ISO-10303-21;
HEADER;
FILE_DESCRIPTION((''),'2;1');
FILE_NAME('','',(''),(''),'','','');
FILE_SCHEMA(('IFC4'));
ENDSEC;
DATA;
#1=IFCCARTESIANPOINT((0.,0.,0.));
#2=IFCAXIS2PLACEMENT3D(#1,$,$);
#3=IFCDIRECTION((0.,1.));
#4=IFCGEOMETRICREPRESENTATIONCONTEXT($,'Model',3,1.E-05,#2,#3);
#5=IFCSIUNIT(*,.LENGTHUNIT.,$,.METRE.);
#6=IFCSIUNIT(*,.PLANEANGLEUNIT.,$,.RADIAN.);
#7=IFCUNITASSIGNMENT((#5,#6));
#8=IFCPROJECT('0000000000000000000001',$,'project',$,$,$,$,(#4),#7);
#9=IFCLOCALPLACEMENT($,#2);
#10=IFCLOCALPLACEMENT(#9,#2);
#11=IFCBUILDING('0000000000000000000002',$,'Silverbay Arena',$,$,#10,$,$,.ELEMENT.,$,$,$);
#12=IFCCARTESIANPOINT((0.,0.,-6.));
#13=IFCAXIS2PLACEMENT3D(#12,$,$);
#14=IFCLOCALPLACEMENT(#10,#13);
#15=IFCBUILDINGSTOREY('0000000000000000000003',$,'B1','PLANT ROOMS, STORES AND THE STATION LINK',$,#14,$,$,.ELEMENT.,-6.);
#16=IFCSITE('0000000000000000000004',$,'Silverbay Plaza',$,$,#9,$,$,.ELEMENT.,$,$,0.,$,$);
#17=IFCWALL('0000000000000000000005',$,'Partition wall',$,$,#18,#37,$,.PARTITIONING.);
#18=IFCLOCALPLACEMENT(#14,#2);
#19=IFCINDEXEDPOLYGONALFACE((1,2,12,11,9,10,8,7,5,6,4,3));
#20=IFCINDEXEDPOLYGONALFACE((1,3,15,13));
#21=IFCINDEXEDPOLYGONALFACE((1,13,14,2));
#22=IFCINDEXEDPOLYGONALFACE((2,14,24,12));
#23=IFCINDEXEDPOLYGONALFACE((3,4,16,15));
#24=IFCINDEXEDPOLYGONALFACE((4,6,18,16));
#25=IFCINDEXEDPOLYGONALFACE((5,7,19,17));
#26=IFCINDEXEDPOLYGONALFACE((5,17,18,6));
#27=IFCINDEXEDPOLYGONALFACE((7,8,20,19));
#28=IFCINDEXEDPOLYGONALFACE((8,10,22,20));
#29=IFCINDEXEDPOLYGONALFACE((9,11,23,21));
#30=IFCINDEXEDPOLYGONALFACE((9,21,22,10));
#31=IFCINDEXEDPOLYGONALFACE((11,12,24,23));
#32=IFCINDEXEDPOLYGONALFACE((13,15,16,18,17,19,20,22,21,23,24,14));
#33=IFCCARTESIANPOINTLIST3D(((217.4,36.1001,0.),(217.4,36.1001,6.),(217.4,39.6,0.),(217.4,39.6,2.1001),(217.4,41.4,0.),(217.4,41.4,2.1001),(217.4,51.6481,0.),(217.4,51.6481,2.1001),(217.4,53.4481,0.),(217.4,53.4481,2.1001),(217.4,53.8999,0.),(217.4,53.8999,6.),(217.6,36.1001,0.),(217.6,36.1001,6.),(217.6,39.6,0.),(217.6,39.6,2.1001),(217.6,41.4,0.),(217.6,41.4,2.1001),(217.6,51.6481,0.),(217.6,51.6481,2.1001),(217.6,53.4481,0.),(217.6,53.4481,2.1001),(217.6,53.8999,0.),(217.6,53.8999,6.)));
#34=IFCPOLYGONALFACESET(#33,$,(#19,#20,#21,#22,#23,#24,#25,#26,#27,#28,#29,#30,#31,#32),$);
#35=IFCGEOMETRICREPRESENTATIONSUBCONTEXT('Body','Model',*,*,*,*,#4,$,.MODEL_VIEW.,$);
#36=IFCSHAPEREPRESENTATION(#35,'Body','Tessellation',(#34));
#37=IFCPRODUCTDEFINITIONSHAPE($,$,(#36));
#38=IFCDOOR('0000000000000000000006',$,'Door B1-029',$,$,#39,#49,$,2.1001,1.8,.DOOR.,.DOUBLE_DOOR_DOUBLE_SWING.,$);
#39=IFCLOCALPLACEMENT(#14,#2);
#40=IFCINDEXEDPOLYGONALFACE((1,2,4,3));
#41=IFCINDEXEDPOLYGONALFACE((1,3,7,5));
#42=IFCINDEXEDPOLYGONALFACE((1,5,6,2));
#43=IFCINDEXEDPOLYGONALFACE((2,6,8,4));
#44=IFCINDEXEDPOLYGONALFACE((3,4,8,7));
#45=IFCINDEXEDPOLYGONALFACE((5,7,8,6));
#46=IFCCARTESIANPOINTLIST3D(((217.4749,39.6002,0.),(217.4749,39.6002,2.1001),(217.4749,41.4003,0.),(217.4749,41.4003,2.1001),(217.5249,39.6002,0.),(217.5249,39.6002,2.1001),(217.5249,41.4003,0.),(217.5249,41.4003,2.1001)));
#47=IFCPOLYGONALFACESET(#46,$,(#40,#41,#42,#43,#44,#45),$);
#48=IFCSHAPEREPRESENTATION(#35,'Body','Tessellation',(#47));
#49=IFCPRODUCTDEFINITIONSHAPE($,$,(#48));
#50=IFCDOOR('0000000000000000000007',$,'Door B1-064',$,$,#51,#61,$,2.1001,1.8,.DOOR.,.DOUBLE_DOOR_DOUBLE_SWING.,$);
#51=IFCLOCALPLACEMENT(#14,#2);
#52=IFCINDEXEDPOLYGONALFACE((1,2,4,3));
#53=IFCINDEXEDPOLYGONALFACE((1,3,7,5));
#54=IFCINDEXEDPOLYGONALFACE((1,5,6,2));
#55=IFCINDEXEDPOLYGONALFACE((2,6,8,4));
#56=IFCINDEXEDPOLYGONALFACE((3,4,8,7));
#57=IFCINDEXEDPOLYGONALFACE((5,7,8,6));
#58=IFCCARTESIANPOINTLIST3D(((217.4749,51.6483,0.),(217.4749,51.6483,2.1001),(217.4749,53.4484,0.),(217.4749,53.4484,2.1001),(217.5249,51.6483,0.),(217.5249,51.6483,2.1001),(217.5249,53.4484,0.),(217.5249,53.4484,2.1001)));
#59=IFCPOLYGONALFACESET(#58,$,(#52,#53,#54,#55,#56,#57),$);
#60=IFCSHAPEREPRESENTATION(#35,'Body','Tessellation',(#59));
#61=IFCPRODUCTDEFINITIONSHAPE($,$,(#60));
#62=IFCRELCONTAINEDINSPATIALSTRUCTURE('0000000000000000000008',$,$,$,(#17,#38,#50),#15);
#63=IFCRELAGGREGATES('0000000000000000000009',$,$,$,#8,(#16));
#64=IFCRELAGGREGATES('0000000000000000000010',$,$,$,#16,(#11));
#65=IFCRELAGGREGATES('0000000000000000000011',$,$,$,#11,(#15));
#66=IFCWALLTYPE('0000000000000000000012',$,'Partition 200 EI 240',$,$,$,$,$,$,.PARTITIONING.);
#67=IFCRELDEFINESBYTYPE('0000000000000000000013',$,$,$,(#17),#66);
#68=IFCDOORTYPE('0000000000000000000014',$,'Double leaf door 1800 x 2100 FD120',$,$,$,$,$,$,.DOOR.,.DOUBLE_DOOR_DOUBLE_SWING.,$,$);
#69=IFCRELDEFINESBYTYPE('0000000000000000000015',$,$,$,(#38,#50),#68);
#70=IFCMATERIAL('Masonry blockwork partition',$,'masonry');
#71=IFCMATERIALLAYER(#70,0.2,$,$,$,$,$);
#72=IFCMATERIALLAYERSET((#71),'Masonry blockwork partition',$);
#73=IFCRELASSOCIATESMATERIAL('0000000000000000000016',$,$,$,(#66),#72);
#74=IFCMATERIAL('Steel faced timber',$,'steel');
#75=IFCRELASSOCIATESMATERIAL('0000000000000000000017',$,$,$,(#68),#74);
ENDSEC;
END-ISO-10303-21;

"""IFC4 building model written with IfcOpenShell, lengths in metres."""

from ifc_helpers import new_model, si_unit, direction, frame, frame_2d, origin, place, context, subcontext, project, spatial, rectangle, extrude, material, layer, layer_set, type_object, element, fill, save


model = new_model("IFC4")

# Units and contexts
model_context = context("Model", 3, precision=1e-05, world=origin(), true_north=direction((0.0, 1.0)))
body_context = subcontext(model_context, "Body", "Model", "MODEL_VIEW")
ifc_project = project(units=[si_unit("LENGTHUNIT", "METRE"), si_unit("PLANEANGLEUNIT", "RADIAN")], contexts=[model_context])

# Site, building, storey
site_placement = place(None, origin())
site = spatial("IfcSite", under=ifc_project, at=site_placement, Name="Silverbay Plaza", CompositionType="ELEMENT", RefElevation=0.0)
building_placement = place(site_placement, origin())
building = spatial("IfcBuilding", under=site, at=building_placement, Name="Silverbay Arena", CompositionType="ELEMENT")
storey_placement = place(building_placement, frame((0.0, 0.0, -6.0)))
storey = spatial("IfcBuildingStorey", under=building, at=storey_placement, Name="B1", Description="PLANT ROOMS, STORES AND THE STATION LINK", CompositionType="ELEMENT", Elevation=-6.0)

# Shared definitions
ifc_material_1 = material(Name="Masonry blockwork partition", Category="masonry")
ifc_layer_1 = layer(ifc_material_1, 0.2)
ifc_layer_set_1 = layer_set([ifc_layer_1], Name="Masonry blockwork partition")
wall_type_1 = type_object("IfcWallType", Name="Partition 200 EI 240", PredefinedType="PARTITIONING", material=ifc_layer_set_1)

# Wall, openings, doors
wall_1_placement = place(storey_placement, frame((217.5, 36.1001, 0.0), z_axis=(0.0, 0.0, 1.0), x_axis=(0.0, 1.0, 0.0)))
wall_1 = element("IfcWall", 1, at=wall_1_placement, inside=storey, type_object=wall_type_1, Name="Partition wall", PredefinedType="PARTITIONING", context=body_context, shape_type="SweptSolid", body=[
    extrude(rectangle(XDim=17.7998, YDim=0.2, at=frame_2d((8.8999, 0.0))), origin(), (0.0, 0.0, 1.0), 6.0),
])
opening_1_placement = place(wall_1_placement, frame((3.5, 0.0, 0.0)))
opening_1 = element("IfcOpeningElement", 2, at=opening_1_placement, cuts=wall_1, PredefinedType="OPENING", context=body_context, shape_type="SweptSolid", body=[
    extrude(rectangle(XDim=1.8, YDim=2.1001, at=frame_2d((0.8999, 1.05))), frame((0.0, 0.1099, 0.0), z_axis=(0.0, -1.0, 0.0), x_axis=(1.0, 0.0, 0.0)), (0.0, 0.0, 1.0), 0.22),
])
opening_2_placement = place(wall_1_placement, frame((15.5481, 0.0, 0.0)))
opening_2 = element("IfcOpeningElement", 3, at=opening_2_placement, cuts=wall_1, PredefinedType="OPENING", context=body_context, shape_type="SweptSolid", body=[
    extrude(rectangle(XDim=1.8, YDim=2.1001, at=frame_2d((0.8999, 1.05))), frame((0.0, 0.1099, 0.0), z_axis=(0.0, -1.0, 0.0), x_axis=(1.0, 0.0, 0.0)), (0.0, 0.0, 1.0), 0.22),
])
ifc_material_2 = material(Name="Steel faced timber", Category="steel")
door_type_1 = type_object("IfcDoorType", Name="Double leaf door 1800 x 2100 FD120", OperationType="DOUBLE_DOOR_DOUBLE_SWING", PredefinedType="DOOR", material=ifc_material_2)
door_1_placement = place(opening_1_placement, frame((1.8, 0.0, 0.0), z_axis=(0.0, 0.0, 1.0), x_axis=(-1.0, 0.0, 0.0)))
door_1 = element("IfcDoor", 4, at=door_1_placement, inside=storey, type_object=door_type_1, Name="Door B1-029", OperationType="DOUBLE_DOOR_DOUBLE_SWING", OverallHeight=2.1001, OverallWidth=1.8, PredefinedType="DOOR", context=body_context, shape_type="SweptSolid", body=[
    extrude(rectangle(XDim=1.8, YDim=2.1001, at=frame_2d((0.8999, 1.05))), frame((0.0, 0.0249, 0.0), z_axis=(0.0, -1.0, 0.0), x_axis=(1.0, 0.0, 0.0)), (0.0, 0.0, 1.0), 0.05),
])
fill(opening_1, door_1)
door_2_placement = place(opening_2_placement, frame((1.8, 0.0, 0.0), z_axis=(0.0, 0.0, 1.0), x_axis=(-1.0, 0.0, 0.0)))
door_2 = element("IfcDoor", 5, at=door_2_placement, inside=storey, type_object=door_type_1, Name="Door B1-064", OperationType="DOUBLE_DOOR_DOUBLE_SWING", OverallHeight=2.1001, OverallWidth=1.8, PredefinedType="DOOR", context=body_context, shape_type="SweptSolid", body=[
    extrude(rectangle(XDim=1.8, YDim=2.1001, at=frame_2d((0.8999, 1.05))), frame((0.0, 0.0249, 0.0), z_axis=(0.0, -1.0, 0.0), x_axis=(1.0, 0.0, 0.0)), (0.0, 0.0, 1.0), 0.05),
])
fill(opening_2, door_2)

save(model, "model.ifc")
